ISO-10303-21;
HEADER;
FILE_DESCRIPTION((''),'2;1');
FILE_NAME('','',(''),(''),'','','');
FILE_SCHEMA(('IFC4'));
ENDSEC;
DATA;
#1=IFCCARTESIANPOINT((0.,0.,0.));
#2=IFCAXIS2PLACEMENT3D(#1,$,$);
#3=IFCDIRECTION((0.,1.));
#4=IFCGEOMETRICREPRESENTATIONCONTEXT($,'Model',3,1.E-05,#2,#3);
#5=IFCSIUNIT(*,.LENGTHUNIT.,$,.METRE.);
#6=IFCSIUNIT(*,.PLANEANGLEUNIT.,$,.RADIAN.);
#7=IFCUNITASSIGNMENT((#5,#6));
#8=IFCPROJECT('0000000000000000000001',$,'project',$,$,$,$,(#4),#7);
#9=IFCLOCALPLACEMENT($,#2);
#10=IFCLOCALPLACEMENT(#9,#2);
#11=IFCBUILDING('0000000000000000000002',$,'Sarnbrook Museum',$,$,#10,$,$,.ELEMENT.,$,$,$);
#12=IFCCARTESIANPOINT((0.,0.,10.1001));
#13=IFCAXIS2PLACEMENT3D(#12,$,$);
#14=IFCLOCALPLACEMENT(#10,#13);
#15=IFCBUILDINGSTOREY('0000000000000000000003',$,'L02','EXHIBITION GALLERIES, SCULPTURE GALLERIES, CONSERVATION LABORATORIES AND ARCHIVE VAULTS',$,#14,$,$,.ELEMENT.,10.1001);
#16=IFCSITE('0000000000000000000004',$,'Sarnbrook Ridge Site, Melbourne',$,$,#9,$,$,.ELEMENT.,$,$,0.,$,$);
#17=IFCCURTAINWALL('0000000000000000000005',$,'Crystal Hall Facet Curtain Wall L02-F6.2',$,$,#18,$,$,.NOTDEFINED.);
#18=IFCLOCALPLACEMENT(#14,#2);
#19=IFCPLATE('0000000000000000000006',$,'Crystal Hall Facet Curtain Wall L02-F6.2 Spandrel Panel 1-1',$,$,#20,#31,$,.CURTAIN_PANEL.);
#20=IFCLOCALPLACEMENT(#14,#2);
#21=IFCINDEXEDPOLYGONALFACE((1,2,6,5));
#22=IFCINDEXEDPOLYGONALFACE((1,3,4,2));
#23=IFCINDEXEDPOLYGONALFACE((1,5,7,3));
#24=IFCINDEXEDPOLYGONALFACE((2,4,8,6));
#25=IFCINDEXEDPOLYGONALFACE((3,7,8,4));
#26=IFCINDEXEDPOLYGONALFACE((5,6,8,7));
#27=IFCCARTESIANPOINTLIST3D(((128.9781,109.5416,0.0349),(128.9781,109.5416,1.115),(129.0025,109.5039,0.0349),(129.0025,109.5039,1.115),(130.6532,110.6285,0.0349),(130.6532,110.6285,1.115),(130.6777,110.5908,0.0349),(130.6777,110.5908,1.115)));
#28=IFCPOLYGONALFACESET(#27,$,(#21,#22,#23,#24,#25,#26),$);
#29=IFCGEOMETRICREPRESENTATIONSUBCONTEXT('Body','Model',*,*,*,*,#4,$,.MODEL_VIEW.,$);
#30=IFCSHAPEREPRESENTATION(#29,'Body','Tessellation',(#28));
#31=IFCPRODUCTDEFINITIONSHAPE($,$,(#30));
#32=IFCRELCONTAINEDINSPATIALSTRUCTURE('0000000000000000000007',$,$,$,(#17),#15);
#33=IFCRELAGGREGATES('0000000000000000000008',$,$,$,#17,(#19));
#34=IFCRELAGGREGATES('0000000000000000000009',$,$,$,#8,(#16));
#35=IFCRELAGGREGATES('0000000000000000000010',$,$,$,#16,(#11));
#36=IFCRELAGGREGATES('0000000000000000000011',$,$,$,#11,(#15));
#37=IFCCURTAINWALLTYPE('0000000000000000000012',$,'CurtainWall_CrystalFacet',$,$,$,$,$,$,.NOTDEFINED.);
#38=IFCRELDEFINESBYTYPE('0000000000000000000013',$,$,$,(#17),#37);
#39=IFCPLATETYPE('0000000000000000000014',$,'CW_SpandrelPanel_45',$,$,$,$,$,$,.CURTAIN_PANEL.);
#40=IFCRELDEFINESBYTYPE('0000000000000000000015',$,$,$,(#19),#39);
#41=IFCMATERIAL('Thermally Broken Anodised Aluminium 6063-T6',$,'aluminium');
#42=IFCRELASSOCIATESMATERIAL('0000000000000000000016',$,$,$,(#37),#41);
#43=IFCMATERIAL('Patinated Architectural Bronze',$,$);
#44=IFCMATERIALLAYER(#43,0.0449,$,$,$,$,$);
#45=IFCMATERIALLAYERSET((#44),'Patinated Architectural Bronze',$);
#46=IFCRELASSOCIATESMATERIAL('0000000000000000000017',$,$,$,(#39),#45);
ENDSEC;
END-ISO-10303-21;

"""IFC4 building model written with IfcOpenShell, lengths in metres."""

from ifc_helpers import new_model, si_unit, direction, frame, origin, origin_2d, place, context, subcontext, project, spatial, rectangle, extrude, material, layer, layer_set, type_object, element, aggregate, save


model = new_model("IFC4")

# Units and contexts
model_context = context("Model", 3, precision=1e-05, world=origin(), true_north=direction((0.0, 1.0)))
body_context = subcontext(model_context, "Body", "Model", "MODEL_VIEW")
ifc_project = project(units=[si_unit("LENGTHUNIT", "METRE"), si_unit("PLANEANGLEUNIT", "RADIAN")], contexts=[model_context])

# Site, building, storey
site_placement = place(None, origin())
site = spatial("IfcSite", under=ifc_project, at=site_placement, Name="Sarnbrook Ridge Site, Melbourne", CompositionType="ELEMENT", RefElevation=0.0)
building_placement = place(site_placement, origin())
building = spatial("IfcBuilding", under=site, at=building_placement, Name="Sarnbrook Museum", CompositionType="ELEMENT")
storey_placement = place(building_placement, frame((0.0, 0.0, 10.1001)))
storey = spatial("IfcBuildingStorey", under=building, at=storey_placement, Name="L02", Description="EXHIBITION GALLERIES, SCULPTURE GALLERIES, CONSERVATION LABORATORIES AND ARCHIVE VAULTS", CompositionType="ELEMENT", Elevation=10.1001)

# Shared definitions
ifc_material_1 = material(Name="Thermally Broken Anodised Aluminium 6063-T6", Category="aluminium")
curtain_wall_type = type_object("IfcCurtainWallType", Name="CurtainWall_CrystalFacet", PredefinedType="NOTDEFINED", material=ifc_material_1)

# Curtain wall
curtain_wall_1_placement = place(storey_placement, origin())
curtain_wall_1 = element("IfcCurtainWall", 1, at=curtain_wall_1_placement, inside=storey, type_object=curtain_wall_type, Name="Crystal Hall Facet Curtain Wall L02-F6.2", PredefinedType="NOTDEFINED")

# Plate
ifc_material_2 = material(Name="Patinated Architectural Bronze")
ifc_layer_1 = layer(ifc_material_2, 0.0449)
ifc_layer_set_1 = layer_set([ifc_layer_1], Name="Patinated Architectural Bronze")
plate_type_1 = type_object("IfcPlateType", Name="CW_SpandrelPanel_45", PredefinedType="CURTAIN_PANEL", material=ifc_layer_set_1)
plate_1_placement = place(storey_placement, frame((129.8401, 110.0474, 0.575), z_axis=(-0.544284, 0.838901, 0.0), x_axis=(-0.838901, -0.544284, 0.0)))
plate_1 = element("IfcPlate", 2, at=plate_1_placement, type_object=plate_type_1, Name="Crystal Hall Facet Curtain Wall L02-F6.2 Spandrel Panel 1-1", PredefinedType="CURTAIN_PANEL", context=body_context, shape_type="SweptSolid", body=[
    extrude(rectangle(XDim=1.9968, YDim=1.0801, at=origin_2d()), origin(), (0.0, 0.0, 1.0), 0.0449),
])
aggregate(curtain_wall_1, [plate_1])

save(model, "model.ifc")
